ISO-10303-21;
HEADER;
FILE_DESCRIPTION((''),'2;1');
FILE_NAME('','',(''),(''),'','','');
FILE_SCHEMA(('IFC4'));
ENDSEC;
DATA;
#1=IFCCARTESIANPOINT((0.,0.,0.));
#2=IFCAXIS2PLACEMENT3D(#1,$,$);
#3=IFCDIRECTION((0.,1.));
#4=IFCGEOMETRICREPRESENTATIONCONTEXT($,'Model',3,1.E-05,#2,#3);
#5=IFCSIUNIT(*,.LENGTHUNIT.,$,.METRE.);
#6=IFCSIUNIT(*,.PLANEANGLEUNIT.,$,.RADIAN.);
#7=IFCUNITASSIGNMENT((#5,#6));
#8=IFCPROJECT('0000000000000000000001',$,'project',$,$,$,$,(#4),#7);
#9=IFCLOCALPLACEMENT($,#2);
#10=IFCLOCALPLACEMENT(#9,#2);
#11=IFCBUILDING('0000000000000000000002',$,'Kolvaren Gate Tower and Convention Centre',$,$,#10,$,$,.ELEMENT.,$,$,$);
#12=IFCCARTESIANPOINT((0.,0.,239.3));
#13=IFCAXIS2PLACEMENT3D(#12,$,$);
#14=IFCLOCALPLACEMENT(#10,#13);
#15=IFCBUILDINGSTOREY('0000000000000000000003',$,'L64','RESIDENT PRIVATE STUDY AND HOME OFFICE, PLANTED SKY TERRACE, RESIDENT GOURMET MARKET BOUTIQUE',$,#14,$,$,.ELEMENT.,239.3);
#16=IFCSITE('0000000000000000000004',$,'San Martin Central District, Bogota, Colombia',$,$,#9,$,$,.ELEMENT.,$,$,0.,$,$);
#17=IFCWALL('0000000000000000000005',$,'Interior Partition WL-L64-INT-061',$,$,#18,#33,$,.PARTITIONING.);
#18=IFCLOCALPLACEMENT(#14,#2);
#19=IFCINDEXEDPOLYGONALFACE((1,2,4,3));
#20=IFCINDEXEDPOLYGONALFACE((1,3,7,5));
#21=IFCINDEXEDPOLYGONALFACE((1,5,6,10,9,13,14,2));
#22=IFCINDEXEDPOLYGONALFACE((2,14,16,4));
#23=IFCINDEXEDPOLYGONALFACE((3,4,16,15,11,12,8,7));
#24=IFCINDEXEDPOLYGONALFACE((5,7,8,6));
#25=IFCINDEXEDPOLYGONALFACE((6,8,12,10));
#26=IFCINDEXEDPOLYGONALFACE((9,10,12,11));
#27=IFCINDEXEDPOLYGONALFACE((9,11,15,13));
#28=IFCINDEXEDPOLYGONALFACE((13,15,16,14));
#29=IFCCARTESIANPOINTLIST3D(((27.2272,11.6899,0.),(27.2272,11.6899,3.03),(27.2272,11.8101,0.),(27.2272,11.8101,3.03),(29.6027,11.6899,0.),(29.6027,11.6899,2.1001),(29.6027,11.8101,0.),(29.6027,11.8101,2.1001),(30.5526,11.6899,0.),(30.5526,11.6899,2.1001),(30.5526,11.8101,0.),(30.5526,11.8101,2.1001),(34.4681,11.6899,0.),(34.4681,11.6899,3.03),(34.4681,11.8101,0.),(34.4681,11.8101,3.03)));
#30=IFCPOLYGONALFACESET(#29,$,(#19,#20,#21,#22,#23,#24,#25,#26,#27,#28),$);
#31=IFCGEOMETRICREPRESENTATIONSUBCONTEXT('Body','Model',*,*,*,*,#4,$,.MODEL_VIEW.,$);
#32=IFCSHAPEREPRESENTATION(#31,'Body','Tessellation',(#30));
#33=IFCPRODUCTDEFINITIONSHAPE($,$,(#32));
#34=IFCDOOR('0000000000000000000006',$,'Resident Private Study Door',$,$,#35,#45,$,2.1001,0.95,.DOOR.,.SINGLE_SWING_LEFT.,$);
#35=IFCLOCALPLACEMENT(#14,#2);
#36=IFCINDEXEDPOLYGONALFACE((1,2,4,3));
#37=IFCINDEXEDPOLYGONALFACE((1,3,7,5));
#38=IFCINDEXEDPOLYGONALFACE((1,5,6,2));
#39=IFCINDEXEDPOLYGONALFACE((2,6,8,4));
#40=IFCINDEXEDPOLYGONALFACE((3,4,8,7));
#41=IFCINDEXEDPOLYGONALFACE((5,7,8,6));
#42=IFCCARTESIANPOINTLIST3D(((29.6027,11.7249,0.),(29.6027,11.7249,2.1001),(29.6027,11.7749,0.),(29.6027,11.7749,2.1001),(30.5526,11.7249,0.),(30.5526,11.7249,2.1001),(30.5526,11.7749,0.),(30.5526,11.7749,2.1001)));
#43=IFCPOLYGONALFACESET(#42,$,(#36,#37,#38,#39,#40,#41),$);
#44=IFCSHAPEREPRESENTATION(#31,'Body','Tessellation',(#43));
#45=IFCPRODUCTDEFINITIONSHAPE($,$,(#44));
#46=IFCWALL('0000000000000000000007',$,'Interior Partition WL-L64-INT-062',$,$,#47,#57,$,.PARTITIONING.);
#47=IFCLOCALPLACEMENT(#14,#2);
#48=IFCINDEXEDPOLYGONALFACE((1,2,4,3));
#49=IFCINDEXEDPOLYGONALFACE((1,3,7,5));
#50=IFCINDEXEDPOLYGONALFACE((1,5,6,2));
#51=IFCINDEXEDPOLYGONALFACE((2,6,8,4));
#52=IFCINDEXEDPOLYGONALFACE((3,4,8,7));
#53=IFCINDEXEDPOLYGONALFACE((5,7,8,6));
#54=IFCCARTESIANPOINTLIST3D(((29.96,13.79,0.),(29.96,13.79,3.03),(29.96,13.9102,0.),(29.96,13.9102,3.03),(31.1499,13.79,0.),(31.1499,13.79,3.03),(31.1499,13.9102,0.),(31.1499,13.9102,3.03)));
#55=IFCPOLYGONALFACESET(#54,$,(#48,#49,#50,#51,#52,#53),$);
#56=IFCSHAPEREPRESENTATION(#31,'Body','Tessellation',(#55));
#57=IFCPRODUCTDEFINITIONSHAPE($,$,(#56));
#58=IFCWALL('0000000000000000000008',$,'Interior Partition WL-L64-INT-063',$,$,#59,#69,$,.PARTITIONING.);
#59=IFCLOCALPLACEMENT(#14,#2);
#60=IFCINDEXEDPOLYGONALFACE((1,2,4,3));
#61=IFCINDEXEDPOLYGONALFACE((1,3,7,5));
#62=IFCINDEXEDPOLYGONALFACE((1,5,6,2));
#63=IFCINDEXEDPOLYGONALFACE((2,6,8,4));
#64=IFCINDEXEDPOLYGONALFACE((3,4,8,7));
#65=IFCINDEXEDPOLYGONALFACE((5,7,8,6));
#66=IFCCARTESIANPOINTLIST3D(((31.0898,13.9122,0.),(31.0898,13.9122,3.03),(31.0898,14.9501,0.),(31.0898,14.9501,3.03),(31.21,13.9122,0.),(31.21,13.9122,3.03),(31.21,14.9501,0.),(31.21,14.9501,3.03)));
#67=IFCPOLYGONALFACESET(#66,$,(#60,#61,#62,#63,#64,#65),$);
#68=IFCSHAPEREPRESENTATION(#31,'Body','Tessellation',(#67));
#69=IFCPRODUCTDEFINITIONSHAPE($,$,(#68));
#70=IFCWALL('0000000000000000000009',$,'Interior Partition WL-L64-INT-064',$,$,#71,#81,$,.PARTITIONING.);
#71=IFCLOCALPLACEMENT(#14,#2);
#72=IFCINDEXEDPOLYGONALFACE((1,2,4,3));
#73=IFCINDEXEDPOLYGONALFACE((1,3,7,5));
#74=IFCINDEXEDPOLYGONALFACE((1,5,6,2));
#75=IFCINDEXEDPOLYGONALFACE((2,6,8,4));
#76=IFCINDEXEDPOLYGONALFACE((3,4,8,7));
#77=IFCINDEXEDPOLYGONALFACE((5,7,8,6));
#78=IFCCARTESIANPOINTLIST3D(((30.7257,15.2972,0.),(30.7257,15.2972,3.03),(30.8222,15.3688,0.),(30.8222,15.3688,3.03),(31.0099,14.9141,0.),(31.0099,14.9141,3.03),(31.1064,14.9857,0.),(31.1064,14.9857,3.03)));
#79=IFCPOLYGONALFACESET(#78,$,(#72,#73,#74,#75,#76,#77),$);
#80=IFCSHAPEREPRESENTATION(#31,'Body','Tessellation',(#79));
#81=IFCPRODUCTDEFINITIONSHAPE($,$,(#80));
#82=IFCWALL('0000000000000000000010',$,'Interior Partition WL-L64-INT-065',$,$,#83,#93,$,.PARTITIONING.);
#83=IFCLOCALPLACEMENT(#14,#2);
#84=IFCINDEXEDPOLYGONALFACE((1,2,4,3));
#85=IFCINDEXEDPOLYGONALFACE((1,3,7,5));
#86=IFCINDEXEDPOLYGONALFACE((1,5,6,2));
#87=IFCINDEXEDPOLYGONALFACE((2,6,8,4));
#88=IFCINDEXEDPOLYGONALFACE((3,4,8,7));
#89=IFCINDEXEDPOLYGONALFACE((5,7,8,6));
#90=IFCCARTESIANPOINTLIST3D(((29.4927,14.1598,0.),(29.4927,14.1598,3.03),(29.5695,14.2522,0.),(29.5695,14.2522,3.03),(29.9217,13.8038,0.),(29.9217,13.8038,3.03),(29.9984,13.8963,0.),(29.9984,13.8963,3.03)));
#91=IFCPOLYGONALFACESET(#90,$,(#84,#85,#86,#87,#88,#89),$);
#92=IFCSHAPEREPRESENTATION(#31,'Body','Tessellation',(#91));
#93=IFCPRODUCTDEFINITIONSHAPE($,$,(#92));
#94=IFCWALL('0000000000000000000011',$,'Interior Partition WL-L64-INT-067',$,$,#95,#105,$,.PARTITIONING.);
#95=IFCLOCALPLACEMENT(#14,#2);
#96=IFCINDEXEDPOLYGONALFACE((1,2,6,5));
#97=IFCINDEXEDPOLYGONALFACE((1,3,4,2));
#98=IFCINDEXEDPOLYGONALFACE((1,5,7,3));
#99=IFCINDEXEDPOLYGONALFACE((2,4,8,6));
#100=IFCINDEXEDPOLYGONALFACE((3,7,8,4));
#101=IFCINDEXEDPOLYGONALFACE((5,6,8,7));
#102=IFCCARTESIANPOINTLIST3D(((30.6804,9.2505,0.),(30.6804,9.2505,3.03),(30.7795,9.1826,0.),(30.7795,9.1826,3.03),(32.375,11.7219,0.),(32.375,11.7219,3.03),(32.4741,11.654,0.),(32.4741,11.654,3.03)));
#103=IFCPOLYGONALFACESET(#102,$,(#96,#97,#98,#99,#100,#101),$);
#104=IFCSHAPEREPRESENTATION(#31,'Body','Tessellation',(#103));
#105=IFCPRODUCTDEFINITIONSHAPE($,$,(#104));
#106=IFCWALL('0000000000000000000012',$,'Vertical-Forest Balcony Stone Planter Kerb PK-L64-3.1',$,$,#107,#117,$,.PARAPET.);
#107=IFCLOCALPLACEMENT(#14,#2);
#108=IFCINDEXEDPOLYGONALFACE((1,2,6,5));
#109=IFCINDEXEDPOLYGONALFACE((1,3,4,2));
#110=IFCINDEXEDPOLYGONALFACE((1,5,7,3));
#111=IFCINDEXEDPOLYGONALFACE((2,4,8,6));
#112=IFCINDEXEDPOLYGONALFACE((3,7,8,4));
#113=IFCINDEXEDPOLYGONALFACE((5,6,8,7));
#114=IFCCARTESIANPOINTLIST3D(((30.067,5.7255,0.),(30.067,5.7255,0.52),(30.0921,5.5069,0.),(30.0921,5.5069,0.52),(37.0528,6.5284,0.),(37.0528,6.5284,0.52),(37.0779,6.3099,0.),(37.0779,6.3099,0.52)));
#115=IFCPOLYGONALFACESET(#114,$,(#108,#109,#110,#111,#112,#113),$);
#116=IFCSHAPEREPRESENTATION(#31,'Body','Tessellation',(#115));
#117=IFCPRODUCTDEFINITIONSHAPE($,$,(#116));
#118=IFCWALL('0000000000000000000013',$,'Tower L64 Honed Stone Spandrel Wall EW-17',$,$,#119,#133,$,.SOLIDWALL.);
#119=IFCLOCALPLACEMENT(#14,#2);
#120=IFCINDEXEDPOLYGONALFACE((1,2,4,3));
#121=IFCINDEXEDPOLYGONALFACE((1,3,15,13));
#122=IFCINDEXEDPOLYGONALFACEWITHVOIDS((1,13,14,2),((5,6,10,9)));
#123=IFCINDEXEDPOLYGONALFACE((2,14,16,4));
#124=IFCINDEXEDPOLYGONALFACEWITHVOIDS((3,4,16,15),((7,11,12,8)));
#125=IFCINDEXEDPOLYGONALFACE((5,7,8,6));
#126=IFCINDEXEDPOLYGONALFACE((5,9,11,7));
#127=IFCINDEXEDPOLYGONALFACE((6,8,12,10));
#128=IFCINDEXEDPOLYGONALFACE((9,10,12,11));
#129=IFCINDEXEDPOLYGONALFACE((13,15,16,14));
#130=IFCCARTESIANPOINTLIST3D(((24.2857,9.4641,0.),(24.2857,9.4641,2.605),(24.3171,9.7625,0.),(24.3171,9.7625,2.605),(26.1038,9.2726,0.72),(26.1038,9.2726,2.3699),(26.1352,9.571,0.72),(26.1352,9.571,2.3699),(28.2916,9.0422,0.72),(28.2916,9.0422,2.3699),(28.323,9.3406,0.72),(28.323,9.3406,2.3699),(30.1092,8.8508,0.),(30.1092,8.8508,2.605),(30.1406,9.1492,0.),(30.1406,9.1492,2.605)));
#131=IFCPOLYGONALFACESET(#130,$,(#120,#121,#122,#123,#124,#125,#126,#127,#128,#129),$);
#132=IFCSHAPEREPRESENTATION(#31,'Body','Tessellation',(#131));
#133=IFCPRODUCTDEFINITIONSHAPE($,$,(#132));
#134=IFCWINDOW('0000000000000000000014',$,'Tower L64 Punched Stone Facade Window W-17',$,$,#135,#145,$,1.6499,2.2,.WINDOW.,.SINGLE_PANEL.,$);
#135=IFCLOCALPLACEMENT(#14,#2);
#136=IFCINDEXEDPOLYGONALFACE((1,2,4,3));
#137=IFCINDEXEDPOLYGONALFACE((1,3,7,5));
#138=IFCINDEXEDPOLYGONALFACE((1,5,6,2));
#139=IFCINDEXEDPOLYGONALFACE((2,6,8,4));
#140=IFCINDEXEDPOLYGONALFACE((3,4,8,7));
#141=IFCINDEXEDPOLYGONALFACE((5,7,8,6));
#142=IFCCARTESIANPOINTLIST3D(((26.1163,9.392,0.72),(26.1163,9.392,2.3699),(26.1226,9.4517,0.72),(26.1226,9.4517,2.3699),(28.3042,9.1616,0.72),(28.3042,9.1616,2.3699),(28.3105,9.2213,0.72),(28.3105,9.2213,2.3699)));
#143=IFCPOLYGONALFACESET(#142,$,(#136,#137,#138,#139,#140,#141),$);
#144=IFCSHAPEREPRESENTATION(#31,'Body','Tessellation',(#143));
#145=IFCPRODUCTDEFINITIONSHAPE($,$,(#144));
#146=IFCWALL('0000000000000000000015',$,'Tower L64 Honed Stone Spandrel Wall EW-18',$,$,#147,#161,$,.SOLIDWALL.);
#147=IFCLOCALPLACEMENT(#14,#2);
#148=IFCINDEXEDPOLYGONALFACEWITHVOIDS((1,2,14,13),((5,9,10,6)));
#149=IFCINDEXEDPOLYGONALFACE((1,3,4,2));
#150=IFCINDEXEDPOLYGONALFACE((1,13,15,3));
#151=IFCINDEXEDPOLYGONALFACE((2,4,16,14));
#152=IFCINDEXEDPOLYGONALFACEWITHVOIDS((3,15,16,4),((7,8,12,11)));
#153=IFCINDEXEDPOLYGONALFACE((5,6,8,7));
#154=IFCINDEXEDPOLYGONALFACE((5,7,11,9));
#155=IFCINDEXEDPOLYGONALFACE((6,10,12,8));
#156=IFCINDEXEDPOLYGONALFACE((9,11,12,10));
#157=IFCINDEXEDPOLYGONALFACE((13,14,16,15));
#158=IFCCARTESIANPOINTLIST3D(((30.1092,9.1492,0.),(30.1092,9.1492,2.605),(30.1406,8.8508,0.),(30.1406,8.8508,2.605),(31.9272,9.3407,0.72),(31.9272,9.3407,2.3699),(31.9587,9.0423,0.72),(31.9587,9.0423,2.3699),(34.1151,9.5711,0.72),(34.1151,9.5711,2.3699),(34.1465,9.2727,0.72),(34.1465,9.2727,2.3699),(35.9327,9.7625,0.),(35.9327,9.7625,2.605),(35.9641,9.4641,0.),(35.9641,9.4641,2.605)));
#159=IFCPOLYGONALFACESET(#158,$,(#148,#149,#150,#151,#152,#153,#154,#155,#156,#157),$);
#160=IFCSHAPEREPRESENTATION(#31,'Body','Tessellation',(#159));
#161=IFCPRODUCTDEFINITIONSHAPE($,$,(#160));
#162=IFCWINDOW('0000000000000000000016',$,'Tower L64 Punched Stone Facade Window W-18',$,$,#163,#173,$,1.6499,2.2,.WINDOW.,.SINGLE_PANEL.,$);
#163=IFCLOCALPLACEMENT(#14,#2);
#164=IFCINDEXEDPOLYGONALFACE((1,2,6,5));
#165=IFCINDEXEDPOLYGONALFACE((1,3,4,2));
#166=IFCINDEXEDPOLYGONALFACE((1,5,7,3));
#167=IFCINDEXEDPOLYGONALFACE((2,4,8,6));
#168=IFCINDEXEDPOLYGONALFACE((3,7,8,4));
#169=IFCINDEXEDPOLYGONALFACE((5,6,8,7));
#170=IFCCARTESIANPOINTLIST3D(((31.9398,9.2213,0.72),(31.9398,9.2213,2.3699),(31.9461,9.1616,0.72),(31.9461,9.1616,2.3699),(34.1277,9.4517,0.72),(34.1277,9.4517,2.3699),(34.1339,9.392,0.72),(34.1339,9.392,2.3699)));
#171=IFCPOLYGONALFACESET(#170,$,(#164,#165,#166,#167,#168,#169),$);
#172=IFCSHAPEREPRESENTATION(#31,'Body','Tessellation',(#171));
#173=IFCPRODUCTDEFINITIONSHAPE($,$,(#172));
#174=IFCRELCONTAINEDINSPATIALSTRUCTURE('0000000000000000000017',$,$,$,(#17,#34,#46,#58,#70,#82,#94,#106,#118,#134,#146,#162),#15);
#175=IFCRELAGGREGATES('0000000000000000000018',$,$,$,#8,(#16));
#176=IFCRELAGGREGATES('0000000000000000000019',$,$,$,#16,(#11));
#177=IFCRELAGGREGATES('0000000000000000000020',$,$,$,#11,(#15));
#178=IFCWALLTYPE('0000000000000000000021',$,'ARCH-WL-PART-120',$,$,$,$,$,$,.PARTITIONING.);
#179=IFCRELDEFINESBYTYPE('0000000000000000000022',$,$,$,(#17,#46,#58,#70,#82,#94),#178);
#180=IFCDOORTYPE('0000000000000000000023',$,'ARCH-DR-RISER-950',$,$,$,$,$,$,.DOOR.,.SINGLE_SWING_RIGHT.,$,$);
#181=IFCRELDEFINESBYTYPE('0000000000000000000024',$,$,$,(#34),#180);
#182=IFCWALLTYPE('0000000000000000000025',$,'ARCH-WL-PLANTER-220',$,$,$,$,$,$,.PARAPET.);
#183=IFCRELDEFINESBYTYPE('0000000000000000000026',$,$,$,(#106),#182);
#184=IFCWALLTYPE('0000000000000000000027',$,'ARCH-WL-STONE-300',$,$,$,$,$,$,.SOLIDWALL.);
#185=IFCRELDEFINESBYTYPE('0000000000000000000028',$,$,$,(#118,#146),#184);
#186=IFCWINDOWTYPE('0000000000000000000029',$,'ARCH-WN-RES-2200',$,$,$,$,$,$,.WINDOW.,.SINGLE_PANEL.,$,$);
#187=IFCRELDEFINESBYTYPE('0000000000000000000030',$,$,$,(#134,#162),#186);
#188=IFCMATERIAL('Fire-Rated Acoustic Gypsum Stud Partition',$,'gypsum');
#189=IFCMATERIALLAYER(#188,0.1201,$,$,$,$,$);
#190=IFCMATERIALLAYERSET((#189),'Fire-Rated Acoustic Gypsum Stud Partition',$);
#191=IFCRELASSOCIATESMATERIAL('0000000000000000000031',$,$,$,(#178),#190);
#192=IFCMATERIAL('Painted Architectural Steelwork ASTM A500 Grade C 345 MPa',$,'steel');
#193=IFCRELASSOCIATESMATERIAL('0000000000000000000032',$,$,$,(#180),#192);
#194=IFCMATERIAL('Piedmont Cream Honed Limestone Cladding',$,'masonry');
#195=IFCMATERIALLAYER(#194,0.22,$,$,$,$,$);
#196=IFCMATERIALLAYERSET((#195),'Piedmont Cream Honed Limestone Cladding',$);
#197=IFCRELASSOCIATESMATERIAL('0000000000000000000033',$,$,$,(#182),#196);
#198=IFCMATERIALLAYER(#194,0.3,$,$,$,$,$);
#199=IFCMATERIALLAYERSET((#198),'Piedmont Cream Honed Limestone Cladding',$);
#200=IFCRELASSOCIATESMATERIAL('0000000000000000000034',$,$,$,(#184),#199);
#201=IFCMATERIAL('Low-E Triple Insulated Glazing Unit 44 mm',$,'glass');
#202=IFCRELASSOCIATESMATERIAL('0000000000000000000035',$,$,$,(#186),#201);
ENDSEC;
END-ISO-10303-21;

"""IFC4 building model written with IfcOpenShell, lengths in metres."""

from ifc_helpers import new_model, si_unit, direction, frame, frame_2d, origin, place, context, subcontext, project, spatial, rectangle, extrude, material, layer, layer_set, type_object, element, fill, save


model = new_model("IFC4")

# Units and contexts
model_context = context("Model", 3, precision=1e-05, world=origin(), true_north=direction((0.0, 1.0)))
body_context = subcontext(model_context, "Body", "Model", "MODEL_VIEW")
ifc_project = project(units=[si_unit("LENGTHUNIT", "METRE"), si_unit("PLANEANGLEUNIT", "RADIAN")], contexts=[model_context])

# Site, building, storey
site_placement = place(None, origin())
site = spatial("IfcSite", under=ifc_project, at=site_placement, Name="San Martin Central District, Bogota, Colombia", CompositionType="ELEMENT", RefElevation=0.0)
building_placement = place(site_placement, origin())
building = spatial("IfcBuilding", under=site, at=building_placement, Name="Kolvaren Gate Tower and Convention Centre", CompositionType="ELEMENT")
storey_placement = place(building_placement, frame((0.0, 0.0, 239.3)))
storey = spatial("IfcBuildingStorey", under=building, at=storey_placement, Name="L64", Description="RESIDENT PRIVATE STUDY AND HOME OFFICE, PLANTED SKY TERRACE, RESIDENT GOURMET MARKET BOUTIQUE", CompositionType="ELEMENT", Elevation=239.3)

# Wall, opening, door
ifc_material_1 = material(Name="Fire-Rated Acoustic Gypsum Stud Partition", Category="gypsum")
ifc_layer_1 = layer(ifc_material_1, 0.1201)
ifc_layer_set_1 = layer_set([ifc_layer_1], Name="Fire-Rated Acoustic Gypsum Stud Partition")
wall_type_1 = type_object("IfcWallType", Name="ARCH-WL-PART-120", PredefinedType="PARTITIONING", material=ifc_layer_set_1)
wall_1_placement = place(storey_placement, frame((27.2271, 11.75, 0.0), z_axis=(0.0, 0.0, 1.0), x_axis=(1.0, 0.0, 0.0)))
wall_1 = element("IfcWall", 1, at=wall_1_placement, inside=storey, type_object=wall_type_1, Name="Interior Partition WL-L64-INT-061", PredefinedType="PARTITIONING", context=body_context, shape_type="SweptSolid", body=[
    extrude(rectangle(XDim=7.241, YDim=0.1201, at=frame_2d((3.6206, 0.0))), origin(), (0.0, 0.0, 1.0), 3.03),
])
opening_1_placement = place(wall_1_placement, frame((2.3755, 0.0, 0.0)))
opening_1 = element("IfcOpeningElement", 2, at=opening_1_placement, cuts=wall_1, PredefinedType="OPENING", context=body_context, shape_type="SweptSolid", body=[
    extrude(rectangle(XDim=0.95, YDim=2.1001, at=frame_2d((0.4751, 1.05))), frame((0.0, 0.0701, 0.0), z_axis=(0.0, -1.0, 0.0), x_axis=(1.0, 0.0, 0.0)), (0.0, 0.0, 1.0), 0.1401),
])
ifc_material_2 = material(Name="Painted Architectural Steelwork ASTM A500 Grade C 345 MPa", Category="steel")
door_type = type_object("IfcDoorType", Name="ARCH-DR-RISER-950", OperationType="SINGLE_SWING_RIGHT", PredefinedType="DOOR", material=ifc_material_2)
door_1_placement = place(opening_1_placement, origin())
door_1 = element("IfcDoor", 3, at=door_1_placement, inside=storey, type_object=door_type, Name="Resident Private Study Door", OperationType="SINGLE_SWING_LEFT", OverallHeight=2.1001, OverallWidth=0.95, PredefinedType="DOOR", context=body_context, shape_type="SweptSolid", body=[
    extrude(rectangle(XDim=0.95, YDim=2.1001, at=frame_2d((0.4751, 1.05))), frame((0.0, 0.0249, 0.0), z_axis=(0.0, -1.0, 0.0), x_axis=(1.0, 0.0, 0.0)), (0.0, 0.0, 1.0), 0.05),
])
fill(opening_1, door_1)

# Walls
wall_2_placement = place(storey_placement, frame((29.96, 13.8501, 0.0), z_axis=(0.0, 0.0, 1.0), x_axis=(1.0, 0.0, 0.0)))
element("IfcWall", 4, at=wall_2_placement, inside=storey, type_object=wall_type_1, Name="Interior Partition WL-L64-INT-062", PredefinedType="PARTITIONING", context=body_context, shape_type="SweptSolid", body=[
    extrude(rectangle(XDim=1.1899, YDim=0.1201, at=frame_2d((0.595, 0.0))), origin(), (0.0, 0.0, 1.0), 3.03),
])
wall_3_placement = place(storey_placement, frame((31.1499, 13.9121, 0.0), z_axis=(0.0, 0.0, 1.0), x_axis=(0.0, 1.0, 0.0)))
element("IfcWall", 5, at=wall_3_placement, inside=storey, type_object=wall_type_1, Name="Interior Partition WL-L64-INT-063", PredefinedType="PARTITIONING", context=body_context, shape_type="SweptSolid", body=[
    extrude(rectangle(XDim=1.0378, YDim=0.1201, at=frame_2d((0.519, 0.0))), origin(), (0.0, 0.0, 1.0), 3.03),
])
wall_4_placement = place(storey_placement, frame((30.7739, 15.333, 0.0), z_axis=(0.0, 0.0, 1.0), x_axis=(0.595815, -0.803122, 0.0)))
element("IfcWall", 6, at=wall_4_placement, inside=storey, type_object=wall_type_1, Name="Interior Partition WL-L64-INT-064", PredefinedType="PARTITIONING", context=body_context, shape_type="SweptSolid", body=[
    extrude(rectangle(XDim=0.4771, YDim=0.1201, at=frame_2d((0.2385, 0.0))), origin(), (0.0, 0.0, 1.0), 3.03),
])
wall_5_placement = place(storey_placement, frame((29.531, 14.2061, 0.0), z_axis=(0.0, 0.0, 1.0), x_axis=(0.769548, -0.638589, 0.0)))
element("IfcWall", 7, at=wall_5_placement, inside=storey, type_object=wall_type_1, Name="Interior Partition WL-L64-INT-065", PredefinedType="PARTITIONING", context=body_context, shape_type="SweptSolid", body=[
    extrude(rectangle(XDim=0.5574, YDim=0.1201, at=frame_2d((0.2788, 0.0))), origin(), (0.0, 0.0, 1.0), 3.03),
])
wall_6_placement = place(storey_placement, frame((30.73, 9.2166, 0.0), z_axis=(0.0, 0.0, 1.0), x_axis=(0.565501, 0.824747, 0.0)))
element("IfcWall", 8, at=wall_6_placement, inside=storey, type_object=wall_type_1, Name="Interior Partition WL-L64-INT-067", PredefinedType="PARTITIONING", context=body_context, shape_type="SweptSolid", body=[
    extrude(rectangle(XDim=2.9966, YDim=0.1201, at=frame_2d((1.4983, 0.0))), origin(), (0.0, 0.0, 1.0), 3.03),
])
ifc_material_3 = material(Name="Piedmont Cream Honed Limestone Cladding", Category="masonry")
ifc_layer_2 = layer(ifc_material_3, 0.22)
ifc_layer_set_2 = layer_set([ifc_layer_2], Name="Piedmont Cream Honed Limestone Cladding")
wall_type_2 = type_object("IfcWallType", Name="ARCH-WL-PLANTER-220", PredefinedType="PARAPET", material=ifc_layer_set_2)
wall_7_placement = place(storey_placement, frame((30.0796, 5.6162, 0.0), z_axis=(0.0, 0.0, 1.0), x_axis=(0.993459, 0.114192, 0.0)))
element("IfcWall", 9, at=wall_7_placement, inside=storey, type_object=wall_type_2, Name="Vertical-Forest Balcony Stone Planter Kerb PK-L64-3.1", PredefinedType="PARAPET", context=body_context, shape_type="SweptSolid", body=[
    extrude(rectangle(XDim=7.0317, YDim=0.22, at=frame_2d((3.5159, 0.0))), origin(), (0.0, 0.0, 1.0), 0.52),
])

# Walls, openings, windows
ifc_layer_3 = layer(ifc_material_3, 0.3)
ifc_layer_set_3 = layer_set([ifc_layer_3], Name="Piedmont Cream Honed Limestone Cladding")
wall_type_3 = type_object("IfcWallType", Name="ARCH-WL-STONE-300", PredefinedType="SOLIDWALL", material=ifc_layer_set_3)
wall_8_placement = place(storey_placement, frame((24.3015, 9.6133, 0.0), z_axis=(0.0, 0.0, 1.0), x_axis=(0.9945, -0.104733, 0.0)))
wall_8 = element("IfcWall", 10, at=wall_8_placement, inside=storey, type_object=wall_type_3, Name="Tower L64 Honed Stone Spandrel Wall EW-17", PredefinedType="SOLIDWALL", context=body_context, shape_type="SweptSolid", body=[
    extrude(rectangle(XDim=5.8557, YDim=0.3, at=frame_2d((2.9277, 0.0))), origin(), (0.0, 0.0, 1.0), 2.605),
])
opening_2_placement = place(wall_8_placement, frame((1.8279, 0.0, 0.72)))
opening_2 = element("IfcOpeningElement", 11, at=opening_2_placement, cuts=wall_8, PredefinedType="OPENING", context=body_context, shape_type="SweptSolid", body=[
    extrude(rectangle(XDim=2.2, YDim=1.6499, at=frame_2d((1.1001, 0.825))), frame((0.0, 0.1599, 0.0), z_axis=(0.0, -1.0, 0.0), x_axis=(1.0, 0.0, 0.0)), (0.0, 0.0, 1.0), 0.3201),
])
ifc_material_4 = material(Name="Low-E Triple Insulated Glazing Unit 44 mm", Category="glass")
window_type = type_object("IfcWindowType", Name="ARCH-WN-RES-2200", PartitioningType="SINGLE_PANEL", PredefinedType="WINDOW", material=ifc_material_4)
window_1_placement = place(opening_2_placement, origin())
window_1 = element("IfcWindow", 12, at=window_1_placement, inside=storey, type_object=window_type, Name="Tower L64 Punched Stone Facade Window W-17", OverallHeight=1.6499, OverallWidth=2.2, PartitioningType="SINGLE_PANEL", PredefinedType="WINDOW", context=body_context, shape_type="SweptSolid", body=[
    extrude(rectangle(XDim=2.2, YDim=1.6499, at=frame_2d((1.1001, 0.825))), frame((0.0, 0.03, 0.0), z_axis=(0.0, -1.0, 0.0), x_axis=(1.0, 0.0, 0.0)), (0.0, 0.0, 1.0), 0.0601),
])
fill(opening_2, window_1)
wall_9_placement = place(storey_placement, frame((30.125, 9.0, 0.0), z_axis=(0.0, 0.0, 1.0), x_axis=(0.9945, 0.104733, 0.0)))
wall_9 = element("IfcWall", 13, at=wall_9_placement, inside=storey, type_object=wall_type_3, Name="Tower L64 Honed Stone Spandrel Wall EW-18", PredefinedType="SOLIDWALL", context=body_context, shape_type="SweptSolid", body=[
    extrude(rectangle(XDim=5.8557, YDim=0.3, at=frame_2d((2.9277, 0.0))), origin(), (0.0, 0.0, 1.0), 2.605),
])
opening_3_placement = place(wall_9_placement, frame((1.8279, 0.0, 0.72)))
opening_3 = element("IfcOpeningElement", 14, at=opening_3_placement, cuts=wall_9, PredefinedType="OPENING", context=body_context, shape_type="SweptSolid", body=[
    extrude(rectangle(XDim=2.2, YDim=1.6499, at=frame_2d((1.1001, 0.825))), frame((0.0, 0.1599, 0.0), z_axis=(0.0, -1.0, 0.0), x_axis=(1.0, 0.0, 0.0)), (0.0, 0.0, 1.0), 0.3201),
])
window_2_placement = place(opening_3_placement, origin())
window_2 = element("IfcWindow", 15, at=window_2_placement, inside=storey, type_object=window_type, Name="Tower L64 Punched Stone Facade Window W-18", OverallHeight=1.6499, OverallWidth=2.2, PartitioningType="SINGLE_PANEL", PredefinedType="WINDOW", context=body_context, shape_type="SweptSolid", body=[
    extrude(rectangle(XDim=2.2, YDim=1.6499, at=frame_2d((1.1001, 0.825))), frame((0.0, 0.03, 0.0), z_axis=(0.0, -1.0, 0.0), x_axis=(1.0, 0.0, 0.0)), (0.0, 0.0, 1.0), 0.0601),
])
fill(opening_3, window_2)

save(model, "model.ifc")
